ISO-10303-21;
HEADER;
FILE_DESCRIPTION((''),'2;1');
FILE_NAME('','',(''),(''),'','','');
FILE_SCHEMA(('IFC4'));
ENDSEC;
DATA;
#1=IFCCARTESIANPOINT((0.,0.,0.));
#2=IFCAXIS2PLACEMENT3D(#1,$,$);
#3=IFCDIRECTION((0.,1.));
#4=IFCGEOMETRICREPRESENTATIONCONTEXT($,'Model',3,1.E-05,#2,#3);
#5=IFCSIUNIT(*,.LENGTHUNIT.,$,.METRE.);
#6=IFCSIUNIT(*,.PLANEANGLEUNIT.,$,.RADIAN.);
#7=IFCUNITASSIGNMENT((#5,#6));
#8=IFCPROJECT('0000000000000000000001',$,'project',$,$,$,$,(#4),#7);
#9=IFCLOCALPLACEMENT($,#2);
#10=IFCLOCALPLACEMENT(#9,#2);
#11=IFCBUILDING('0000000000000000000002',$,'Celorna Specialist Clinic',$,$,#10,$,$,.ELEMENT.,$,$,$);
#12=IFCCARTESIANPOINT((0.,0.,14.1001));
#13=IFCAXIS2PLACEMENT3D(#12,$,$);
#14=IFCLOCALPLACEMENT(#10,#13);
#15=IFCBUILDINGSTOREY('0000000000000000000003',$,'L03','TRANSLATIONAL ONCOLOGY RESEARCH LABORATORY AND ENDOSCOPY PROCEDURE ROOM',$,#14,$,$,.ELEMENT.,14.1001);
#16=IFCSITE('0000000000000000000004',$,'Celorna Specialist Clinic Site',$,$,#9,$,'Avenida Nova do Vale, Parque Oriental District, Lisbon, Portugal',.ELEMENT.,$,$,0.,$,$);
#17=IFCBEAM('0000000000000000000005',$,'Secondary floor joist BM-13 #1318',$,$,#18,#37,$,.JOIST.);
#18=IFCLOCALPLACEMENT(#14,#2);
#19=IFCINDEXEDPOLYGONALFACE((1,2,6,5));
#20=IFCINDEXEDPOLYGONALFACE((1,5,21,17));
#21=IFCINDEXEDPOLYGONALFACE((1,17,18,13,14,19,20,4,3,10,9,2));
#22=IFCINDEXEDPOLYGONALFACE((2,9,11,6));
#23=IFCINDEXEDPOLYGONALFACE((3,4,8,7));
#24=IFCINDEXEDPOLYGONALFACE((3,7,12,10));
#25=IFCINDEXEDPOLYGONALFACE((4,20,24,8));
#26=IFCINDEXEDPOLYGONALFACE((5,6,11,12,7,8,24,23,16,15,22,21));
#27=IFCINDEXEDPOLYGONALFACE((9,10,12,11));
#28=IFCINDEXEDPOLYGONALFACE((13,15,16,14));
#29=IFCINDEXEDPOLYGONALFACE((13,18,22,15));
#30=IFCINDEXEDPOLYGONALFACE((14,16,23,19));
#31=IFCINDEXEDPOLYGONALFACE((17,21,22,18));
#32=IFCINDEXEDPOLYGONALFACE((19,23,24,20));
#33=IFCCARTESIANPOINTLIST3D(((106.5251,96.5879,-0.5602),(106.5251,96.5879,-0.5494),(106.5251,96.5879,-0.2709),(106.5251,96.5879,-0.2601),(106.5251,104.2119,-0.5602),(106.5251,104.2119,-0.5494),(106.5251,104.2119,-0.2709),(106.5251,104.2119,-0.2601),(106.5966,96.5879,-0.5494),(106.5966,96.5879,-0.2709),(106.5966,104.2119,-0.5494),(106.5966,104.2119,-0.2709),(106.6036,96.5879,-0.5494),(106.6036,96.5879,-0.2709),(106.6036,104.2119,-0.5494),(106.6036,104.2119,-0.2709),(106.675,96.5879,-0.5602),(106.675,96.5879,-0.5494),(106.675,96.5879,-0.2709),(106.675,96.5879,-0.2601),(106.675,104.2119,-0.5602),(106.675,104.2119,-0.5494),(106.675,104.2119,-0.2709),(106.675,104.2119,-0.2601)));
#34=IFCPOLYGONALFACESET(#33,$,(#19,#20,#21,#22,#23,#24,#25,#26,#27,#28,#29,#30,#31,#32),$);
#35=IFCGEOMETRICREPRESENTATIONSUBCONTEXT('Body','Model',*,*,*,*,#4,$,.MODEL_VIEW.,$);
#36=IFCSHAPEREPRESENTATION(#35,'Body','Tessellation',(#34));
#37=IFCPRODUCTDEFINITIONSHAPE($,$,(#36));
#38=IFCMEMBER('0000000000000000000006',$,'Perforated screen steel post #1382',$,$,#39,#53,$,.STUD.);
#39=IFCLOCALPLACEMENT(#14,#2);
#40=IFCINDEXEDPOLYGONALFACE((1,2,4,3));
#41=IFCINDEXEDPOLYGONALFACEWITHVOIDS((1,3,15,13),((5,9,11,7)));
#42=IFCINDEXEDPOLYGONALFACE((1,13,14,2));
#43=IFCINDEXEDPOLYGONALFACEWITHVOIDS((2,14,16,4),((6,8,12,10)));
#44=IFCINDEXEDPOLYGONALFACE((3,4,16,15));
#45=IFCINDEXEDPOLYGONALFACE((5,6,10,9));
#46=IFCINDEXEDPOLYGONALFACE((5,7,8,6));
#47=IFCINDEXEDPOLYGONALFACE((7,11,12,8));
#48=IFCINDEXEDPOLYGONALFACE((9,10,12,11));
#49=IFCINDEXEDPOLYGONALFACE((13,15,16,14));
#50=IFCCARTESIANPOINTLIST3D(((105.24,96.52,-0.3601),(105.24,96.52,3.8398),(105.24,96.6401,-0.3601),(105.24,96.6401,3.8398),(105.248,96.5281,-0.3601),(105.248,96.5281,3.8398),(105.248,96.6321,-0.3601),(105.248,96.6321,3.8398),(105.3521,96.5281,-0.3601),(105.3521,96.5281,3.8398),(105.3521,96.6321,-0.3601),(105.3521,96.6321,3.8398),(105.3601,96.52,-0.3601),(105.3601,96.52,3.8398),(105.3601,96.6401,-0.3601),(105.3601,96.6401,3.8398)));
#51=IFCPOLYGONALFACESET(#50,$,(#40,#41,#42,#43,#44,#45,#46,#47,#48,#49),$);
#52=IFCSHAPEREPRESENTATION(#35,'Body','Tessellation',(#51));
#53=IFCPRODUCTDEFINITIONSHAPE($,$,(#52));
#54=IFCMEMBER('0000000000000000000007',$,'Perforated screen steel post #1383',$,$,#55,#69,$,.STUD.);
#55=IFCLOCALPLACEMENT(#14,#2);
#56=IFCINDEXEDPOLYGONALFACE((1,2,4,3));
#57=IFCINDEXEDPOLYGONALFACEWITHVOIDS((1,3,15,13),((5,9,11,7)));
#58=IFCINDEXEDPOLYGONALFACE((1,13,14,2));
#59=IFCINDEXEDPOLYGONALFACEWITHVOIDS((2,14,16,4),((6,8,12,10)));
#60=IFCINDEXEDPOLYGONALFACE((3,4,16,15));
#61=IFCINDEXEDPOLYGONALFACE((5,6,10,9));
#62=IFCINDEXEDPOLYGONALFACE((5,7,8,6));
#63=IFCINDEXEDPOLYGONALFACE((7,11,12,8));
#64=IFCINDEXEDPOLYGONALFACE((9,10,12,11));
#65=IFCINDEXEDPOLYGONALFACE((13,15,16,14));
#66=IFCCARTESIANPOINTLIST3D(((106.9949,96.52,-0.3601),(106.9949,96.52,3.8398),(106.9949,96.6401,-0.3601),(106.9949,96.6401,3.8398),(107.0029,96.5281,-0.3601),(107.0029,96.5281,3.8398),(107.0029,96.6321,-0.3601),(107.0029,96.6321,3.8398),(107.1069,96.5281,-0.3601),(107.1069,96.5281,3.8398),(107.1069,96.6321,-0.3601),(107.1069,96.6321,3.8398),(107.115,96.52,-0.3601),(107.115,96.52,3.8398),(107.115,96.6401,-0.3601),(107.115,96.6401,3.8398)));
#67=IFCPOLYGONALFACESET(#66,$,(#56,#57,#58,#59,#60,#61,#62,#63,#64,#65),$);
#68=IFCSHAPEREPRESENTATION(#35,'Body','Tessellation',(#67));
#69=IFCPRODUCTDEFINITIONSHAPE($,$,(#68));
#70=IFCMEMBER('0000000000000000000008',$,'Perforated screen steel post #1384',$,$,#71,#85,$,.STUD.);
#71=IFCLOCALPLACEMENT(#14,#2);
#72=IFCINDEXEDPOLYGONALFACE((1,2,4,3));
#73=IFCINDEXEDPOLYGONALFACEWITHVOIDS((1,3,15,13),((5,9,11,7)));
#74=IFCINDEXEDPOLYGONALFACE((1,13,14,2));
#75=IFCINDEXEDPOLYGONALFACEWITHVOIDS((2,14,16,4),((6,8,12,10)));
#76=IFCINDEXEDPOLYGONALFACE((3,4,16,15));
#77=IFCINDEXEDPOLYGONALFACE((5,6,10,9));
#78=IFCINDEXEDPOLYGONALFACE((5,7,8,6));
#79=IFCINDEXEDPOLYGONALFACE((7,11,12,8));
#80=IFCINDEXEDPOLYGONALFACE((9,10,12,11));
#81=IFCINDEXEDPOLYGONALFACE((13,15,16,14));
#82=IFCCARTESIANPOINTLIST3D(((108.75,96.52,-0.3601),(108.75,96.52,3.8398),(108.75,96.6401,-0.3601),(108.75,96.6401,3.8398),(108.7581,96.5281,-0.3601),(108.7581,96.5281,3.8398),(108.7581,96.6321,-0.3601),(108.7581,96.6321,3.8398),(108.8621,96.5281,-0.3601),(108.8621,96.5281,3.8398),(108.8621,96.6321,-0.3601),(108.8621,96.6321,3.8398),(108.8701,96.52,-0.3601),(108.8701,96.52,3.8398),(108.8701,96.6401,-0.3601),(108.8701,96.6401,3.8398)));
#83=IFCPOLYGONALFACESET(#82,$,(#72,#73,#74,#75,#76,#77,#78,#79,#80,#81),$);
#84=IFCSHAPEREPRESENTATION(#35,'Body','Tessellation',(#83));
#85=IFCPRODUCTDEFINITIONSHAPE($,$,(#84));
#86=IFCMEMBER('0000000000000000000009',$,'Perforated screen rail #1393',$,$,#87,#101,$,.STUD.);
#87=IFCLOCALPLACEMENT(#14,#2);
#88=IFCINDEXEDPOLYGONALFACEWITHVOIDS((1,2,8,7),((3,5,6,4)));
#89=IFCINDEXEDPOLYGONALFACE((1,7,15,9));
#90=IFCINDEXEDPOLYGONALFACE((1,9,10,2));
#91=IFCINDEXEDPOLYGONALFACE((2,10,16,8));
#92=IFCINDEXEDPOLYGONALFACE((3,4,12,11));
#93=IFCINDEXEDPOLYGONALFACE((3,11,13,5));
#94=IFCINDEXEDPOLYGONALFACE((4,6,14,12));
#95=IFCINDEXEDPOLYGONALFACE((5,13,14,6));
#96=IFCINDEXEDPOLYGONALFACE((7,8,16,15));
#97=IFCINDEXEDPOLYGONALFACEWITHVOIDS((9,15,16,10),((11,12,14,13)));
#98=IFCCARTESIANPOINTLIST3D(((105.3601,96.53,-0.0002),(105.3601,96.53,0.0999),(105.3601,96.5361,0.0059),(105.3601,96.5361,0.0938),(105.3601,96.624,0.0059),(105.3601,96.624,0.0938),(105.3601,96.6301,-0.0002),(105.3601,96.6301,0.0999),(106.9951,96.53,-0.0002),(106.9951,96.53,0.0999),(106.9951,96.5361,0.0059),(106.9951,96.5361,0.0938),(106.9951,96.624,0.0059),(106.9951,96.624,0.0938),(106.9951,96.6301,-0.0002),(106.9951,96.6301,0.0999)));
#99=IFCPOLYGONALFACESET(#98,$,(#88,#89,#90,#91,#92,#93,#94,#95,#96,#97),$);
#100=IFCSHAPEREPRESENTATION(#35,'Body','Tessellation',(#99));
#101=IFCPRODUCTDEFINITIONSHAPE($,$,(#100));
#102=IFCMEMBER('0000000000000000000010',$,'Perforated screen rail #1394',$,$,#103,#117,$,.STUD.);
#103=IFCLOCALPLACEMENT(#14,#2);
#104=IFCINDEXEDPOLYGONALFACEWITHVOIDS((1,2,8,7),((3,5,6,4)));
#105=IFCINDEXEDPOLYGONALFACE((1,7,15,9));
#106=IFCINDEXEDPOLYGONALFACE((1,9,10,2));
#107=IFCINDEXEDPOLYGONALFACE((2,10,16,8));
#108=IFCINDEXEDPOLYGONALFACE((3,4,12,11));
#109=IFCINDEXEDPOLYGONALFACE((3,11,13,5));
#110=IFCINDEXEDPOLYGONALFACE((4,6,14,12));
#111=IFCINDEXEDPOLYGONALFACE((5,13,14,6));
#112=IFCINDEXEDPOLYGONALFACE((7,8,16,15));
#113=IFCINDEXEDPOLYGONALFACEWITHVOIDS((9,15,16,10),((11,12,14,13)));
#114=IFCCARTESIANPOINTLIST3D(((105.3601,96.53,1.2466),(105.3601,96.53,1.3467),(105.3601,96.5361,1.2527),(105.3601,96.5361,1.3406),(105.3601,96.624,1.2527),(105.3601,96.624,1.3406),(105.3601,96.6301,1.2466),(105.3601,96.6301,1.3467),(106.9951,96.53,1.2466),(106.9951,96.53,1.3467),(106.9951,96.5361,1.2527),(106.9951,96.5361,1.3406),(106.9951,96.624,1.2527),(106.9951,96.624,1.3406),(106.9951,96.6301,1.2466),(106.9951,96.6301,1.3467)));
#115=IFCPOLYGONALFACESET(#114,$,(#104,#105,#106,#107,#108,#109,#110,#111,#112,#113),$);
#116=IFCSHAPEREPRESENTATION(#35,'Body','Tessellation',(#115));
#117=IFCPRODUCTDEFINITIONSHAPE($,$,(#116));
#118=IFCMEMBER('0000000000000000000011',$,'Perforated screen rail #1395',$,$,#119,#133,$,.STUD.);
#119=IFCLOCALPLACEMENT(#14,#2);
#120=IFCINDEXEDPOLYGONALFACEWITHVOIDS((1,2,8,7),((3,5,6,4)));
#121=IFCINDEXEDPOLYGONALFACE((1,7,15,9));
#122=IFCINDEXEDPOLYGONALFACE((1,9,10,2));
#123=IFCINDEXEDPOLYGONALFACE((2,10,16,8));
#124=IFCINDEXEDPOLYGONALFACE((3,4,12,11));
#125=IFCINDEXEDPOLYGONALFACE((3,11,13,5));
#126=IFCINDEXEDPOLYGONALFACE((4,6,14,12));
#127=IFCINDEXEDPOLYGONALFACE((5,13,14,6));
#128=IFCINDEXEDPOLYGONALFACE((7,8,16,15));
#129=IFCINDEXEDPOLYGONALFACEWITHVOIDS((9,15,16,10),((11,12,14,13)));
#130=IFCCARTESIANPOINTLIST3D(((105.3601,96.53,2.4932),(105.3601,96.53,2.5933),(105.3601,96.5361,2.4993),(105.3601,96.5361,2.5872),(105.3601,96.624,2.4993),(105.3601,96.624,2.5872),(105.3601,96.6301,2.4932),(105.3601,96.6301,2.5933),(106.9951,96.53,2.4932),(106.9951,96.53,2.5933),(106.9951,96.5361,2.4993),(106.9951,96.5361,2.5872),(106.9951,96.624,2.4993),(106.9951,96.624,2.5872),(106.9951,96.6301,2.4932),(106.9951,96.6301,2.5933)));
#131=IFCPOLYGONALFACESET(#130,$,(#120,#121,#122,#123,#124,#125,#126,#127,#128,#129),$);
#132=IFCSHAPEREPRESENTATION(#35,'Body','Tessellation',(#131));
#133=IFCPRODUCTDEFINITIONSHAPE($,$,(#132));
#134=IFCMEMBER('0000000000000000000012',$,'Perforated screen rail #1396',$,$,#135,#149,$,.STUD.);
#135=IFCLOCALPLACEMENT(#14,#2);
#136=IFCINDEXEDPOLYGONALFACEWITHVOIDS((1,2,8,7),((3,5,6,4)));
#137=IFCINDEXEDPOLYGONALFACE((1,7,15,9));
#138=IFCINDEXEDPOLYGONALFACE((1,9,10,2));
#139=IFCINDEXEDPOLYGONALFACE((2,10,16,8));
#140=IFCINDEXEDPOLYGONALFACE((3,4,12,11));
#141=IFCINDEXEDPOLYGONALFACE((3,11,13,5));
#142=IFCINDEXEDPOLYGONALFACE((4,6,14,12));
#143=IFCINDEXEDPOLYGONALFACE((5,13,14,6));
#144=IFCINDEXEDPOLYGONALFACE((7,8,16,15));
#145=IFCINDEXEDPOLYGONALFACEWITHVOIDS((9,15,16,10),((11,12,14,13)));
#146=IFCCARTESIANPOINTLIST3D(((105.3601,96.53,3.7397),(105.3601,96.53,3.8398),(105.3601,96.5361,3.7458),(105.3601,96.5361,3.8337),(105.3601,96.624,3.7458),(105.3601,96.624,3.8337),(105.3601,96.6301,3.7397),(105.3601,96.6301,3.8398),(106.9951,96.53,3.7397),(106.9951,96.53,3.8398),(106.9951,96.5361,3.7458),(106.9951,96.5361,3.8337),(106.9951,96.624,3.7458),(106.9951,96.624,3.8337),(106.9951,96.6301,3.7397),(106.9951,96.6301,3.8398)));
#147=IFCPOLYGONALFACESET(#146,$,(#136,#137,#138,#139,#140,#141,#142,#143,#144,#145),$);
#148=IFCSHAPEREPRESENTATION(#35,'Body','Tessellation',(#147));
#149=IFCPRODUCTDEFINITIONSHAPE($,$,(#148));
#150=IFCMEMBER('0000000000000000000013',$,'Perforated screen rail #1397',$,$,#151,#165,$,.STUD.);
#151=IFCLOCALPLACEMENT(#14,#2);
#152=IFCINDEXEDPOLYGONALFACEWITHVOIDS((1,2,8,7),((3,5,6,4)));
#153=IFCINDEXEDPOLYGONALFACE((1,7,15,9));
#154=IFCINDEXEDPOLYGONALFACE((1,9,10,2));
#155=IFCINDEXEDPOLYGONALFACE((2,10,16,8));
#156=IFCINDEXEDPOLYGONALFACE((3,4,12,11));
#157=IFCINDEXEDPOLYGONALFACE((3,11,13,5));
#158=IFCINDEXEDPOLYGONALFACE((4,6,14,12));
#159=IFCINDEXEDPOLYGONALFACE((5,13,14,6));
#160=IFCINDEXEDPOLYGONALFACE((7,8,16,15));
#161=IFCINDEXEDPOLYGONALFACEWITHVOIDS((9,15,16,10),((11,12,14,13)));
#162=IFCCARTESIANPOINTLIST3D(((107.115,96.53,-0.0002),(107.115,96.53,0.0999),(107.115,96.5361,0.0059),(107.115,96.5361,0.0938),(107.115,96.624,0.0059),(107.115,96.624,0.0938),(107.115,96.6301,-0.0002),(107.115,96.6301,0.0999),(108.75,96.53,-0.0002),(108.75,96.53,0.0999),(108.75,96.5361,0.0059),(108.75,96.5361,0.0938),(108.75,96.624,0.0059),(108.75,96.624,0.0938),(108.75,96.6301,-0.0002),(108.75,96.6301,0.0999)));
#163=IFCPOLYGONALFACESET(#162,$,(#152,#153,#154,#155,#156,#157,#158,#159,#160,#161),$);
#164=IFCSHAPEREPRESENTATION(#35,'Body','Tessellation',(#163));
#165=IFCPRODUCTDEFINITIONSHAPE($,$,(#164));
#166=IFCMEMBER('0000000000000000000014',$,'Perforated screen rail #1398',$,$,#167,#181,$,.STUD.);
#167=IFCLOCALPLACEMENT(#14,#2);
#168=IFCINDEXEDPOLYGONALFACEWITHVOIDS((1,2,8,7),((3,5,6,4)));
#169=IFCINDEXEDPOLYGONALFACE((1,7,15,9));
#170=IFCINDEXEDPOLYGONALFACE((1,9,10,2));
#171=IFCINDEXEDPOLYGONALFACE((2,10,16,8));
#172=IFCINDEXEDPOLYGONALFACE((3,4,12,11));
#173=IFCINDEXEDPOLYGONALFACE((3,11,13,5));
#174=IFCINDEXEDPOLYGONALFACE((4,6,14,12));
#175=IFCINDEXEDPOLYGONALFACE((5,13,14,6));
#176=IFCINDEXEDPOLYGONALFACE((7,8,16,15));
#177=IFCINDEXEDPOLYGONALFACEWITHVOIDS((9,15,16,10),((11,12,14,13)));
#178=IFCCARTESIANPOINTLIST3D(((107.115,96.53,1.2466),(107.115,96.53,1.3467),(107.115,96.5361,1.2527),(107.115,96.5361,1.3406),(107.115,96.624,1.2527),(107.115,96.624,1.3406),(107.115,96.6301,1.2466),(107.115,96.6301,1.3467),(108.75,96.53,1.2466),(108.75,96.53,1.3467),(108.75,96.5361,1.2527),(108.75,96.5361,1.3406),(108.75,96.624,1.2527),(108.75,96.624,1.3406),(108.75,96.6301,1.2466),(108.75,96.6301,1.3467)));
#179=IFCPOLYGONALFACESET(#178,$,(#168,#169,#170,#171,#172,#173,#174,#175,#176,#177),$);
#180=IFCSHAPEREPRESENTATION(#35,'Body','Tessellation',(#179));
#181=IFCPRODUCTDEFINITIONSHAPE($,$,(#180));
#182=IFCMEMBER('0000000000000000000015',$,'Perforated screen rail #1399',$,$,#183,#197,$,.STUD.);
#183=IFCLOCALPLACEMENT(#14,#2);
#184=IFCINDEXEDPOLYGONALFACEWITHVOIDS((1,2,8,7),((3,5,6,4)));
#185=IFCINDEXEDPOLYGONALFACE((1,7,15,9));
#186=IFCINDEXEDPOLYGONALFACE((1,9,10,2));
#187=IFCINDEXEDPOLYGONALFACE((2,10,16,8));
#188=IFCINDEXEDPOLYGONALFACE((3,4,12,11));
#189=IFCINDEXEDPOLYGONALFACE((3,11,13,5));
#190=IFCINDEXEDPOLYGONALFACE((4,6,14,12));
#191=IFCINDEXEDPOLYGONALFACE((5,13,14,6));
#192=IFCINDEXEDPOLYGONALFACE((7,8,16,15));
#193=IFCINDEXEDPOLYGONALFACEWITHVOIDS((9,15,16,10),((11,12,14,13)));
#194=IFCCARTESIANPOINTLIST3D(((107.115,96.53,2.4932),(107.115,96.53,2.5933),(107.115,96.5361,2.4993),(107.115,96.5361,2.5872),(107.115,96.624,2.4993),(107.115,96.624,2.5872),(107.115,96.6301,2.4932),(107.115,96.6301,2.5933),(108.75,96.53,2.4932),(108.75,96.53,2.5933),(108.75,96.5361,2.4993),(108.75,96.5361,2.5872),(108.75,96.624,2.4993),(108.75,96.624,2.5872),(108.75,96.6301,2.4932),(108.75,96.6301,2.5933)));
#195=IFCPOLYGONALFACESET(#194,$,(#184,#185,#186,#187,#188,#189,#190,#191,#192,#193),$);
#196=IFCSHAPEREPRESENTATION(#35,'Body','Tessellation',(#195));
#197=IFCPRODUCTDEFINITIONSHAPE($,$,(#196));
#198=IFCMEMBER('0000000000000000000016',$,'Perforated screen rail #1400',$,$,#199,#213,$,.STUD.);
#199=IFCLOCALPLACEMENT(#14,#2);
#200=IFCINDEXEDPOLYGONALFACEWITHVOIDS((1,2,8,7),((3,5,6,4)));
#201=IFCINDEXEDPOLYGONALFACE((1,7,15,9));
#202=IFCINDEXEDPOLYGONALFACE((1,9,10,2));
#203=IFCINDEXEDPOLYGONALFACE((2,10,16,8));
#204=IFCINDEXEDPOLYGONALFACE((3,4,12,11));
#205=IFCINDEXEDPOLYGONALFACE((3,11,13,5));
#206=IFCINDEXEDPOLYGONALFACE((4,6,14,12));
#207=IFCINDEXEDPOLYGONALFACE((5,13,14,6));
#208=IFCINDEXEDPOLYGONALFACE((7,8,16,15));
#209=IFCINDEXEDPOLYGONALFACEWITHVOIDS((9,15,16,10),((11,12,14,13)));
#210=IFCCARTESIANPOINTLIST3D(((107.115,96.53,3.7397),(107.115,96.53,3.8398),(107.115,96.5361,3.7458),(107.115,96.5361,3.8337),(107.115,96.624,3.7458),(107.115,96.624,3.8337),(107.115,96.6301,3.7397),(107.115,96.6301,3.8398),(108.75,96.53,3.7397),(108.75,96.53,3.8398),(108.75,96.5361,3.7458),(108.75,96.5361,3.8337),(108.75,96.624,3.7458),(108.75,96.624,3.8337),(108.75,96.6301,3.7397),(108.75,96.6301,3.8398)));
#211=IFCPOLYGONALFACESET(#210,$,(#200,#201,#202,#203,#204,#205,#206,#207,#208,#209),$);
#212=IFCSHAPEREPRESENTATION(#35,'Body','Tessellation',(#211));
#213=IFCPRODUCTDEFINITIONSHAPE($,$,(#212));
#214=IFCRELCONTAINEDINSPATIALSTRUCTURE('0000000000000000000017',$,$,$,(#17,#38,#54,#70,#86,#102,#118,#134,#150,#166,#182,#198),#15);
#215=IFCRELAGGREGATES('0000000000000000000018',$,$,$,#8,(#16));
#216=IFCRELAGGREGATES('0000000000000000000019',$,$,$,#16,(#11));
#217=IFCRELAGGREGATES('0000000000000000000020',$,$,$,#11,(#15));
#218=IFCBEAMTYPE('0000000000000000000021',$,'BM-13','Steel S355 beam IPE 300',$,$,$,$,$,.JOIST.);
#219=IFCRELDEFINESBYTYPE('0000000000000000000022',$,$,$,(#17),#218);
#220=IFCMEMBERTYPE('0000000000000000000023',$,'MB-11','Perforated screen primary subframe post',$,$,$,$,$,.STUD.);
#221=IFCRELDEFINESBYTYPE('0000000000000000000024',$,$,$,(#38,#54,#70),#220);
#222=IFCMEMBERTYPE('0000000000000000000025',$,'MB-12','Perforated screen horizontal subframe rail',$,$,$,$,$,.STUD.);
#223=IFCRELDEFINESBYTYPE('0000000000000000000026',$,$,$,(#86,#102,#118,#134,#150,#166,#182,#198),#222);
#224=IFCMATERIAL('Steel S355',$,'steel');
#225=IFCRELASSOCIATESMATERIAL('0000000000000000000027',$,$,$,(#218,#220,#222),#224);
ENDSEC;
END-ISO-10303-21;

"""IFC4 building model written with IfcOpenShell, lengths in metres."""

from ifc_helpers import new_model, si_unit, direction, frame, origin, origin_2d, place, context, subcontext, project, spatial, hollow_rectangle, i_section, extrude, material, material_profile, profile_set, type_object, element, save


model = new_model("IFC4")

# Units and contexts
model_context = context("Model", 3, precision=1e-05, world=origin(), true_north=direction((0.0, 1.0)))
body_context = subcontext(model_context, "Body", "Model", "MODEL_VIEW")
ifc_project = project(units=[si_unit("LENGTHUNIT", "METRE"), si_unit("PLANEANGLEUNIT", "RADIAN")], contexts=[model_context])

# Site, building, storey
site_placement = place(None, origin())
site = spatial("IfcSite", under=ifc_project, at=site_placement, Name="Celorna Specialist Clinic Site", LongName="Avenida Nova do Vale, Parque Oriental District, Lisbon, Portugal", CompositionType="ELEMENT", RefElevation=0.0)
building_placement = place(site_placement, origin())
building = spatial("IfcBuilding", under=site, at=building_placement, Name="Celorna Specialist Clinic", CompositionType="ELEMENT")
storey_placement = place(building_placement, frame((0.0, 0.0, 14.1001)))
storey = spatial("IfcBuildingStorey", under=building, at=storey_placement, Name="L03", Description="TRANSLATIONAL ONCOLOGY RESEARCH LABORATORY AND ENDOSCOPY PROCEDURE ROOM", CompositionType="ELEMENT", Elevation=14.1001)

# Beam
ifc_material_1 = material(Name="Steel S355", Category="steel")
ifc_material_profile_1 = material_profile(ifc_material_1, i_section(OverallWidth=0.1499, OverallDepth=0.3, WebThickness=0.0071, FlangeThickness=0.0107, at=origin_2d()), Name="IPE 300")
ifc_profile_set_1 = profile_set([ifc_material_profile_1], Name="Steel S355")
beam_type = type_object("IfcBeamType", Name="BM-13", Description="Steel S355 beam IPE 300", PredefinedType="JOIST", material=ifc_profile_set_1)
beam_placement = place(storey_placement, frame((106.6001, 96.5879, -0.4102), z_axis=(0.0, 1.0, 0.0), x_axis=(-1.0, 0.0, 0.0)))
element("IfcBeam", 1, at=beam_placement, inside=storey, type_object=beam_type, Name="Secondary floor joist BM-13 #1318", PredefinedType="JOIST", context=body_context, shape_type="SweptSolid", body=[
    extrude(i_section(OverallWidth=0.1499, OverallDepth=0.3, WebThickness=0.0071, FlangeThickness=0.0107, at=origin_2d()), origin(), (0.0, 0.0, 1.0), 7.624),
])

# Members
ifc_material_profile_2 = material_profile(ifc_material_1, hollow_rectangle(XDim=0.1201, YDim=0.1201, WallThickness=0.0081, at=origin_2d()), Name="SHS 120x120x8")
ifc_profile_set_2 = profile_set([ifc_material_profile_2], Name="Steel S355")
member_type_1 = type_object("IfcMemberType", Name="MB-11", Description="Perforated screen primary subframe post", PredefinedType="STUD", material=ifc_profile_set_2)
for number, where, z_axis, x_axis, name in (
    (2, (105.3, 96.5801, -0.3601), (0.0, 0.0, 1.0), (1.0, 0.0, 0.0), "Perforated screen steel post #1382"),
    (3, (107.0549, 96.5801, -0.3601), (0.0, 0.0, 1.0), (1.0, 0.0, 0.0), "Perforated screen steel post #1383"),
    (4, (108.8101, 96.5801, -0.3601), (0.0, 0.0, 1.0), (1.0, 0.0, 0.0), "Perforated screen steel post #1384"),
):
    element("IfcMember", number, at=place(storey_placement, frame(where, z_axis=z_axis, x_axis=x_axis)), inside=storey, type_object=member_type_1, Name=name, PredefinedType="STUD", context=body_context, shape_type="SweptSolid", body=[
        extrude(hollow_rectangle(XDim=0.1201, YDim=0.1201, WallThickness=0.0081, at=origin_2d()), origin(), (0.0, 0.0, 1.0), 4.2),
    ])
ifc_material_profile_3 = material_profile(ifc_material_1, hollow_rectangle(XDim=0.1001, YDim=0.1001, WallThickness=0.0061, at=origin_2d()), Name="SHS 100x100x6")
ifc_profile_set_3 = profile_set([ifc_material_profile_3], Name="Steel S355")
member_type_2 = type_object("IfcMemberType", Name="MB-12", Description="Perforated screen horizontal subframe rail", PredefinedType="STUD", material=ifc_profile_set_3)
for number, where, z_axis, x_axis, name in (
    (5, (105.3601, 96.5801, 0.0498), (1.0, 0.0, 0.0), (0.0, 1.0, 0.0), "Perforated screen rail #1393"),
    (6, (105.3601, 96.5801, 1.2966), (1.0, 0.0, 0.0), (0.0, 1.0, 0.0), "Perforated screen rail #1394"),
    (7, (105.3601, 96.5801, 2.5432), (1.0, 0.0, 0.0), (0.0, 1.0, 0.0), "Perforated screen rail #1395"),
    (8, (105.3601, 96.5801, 3.7898), (1.0, 0.0, 0.0), (0.0, 1.0, 0.0), "Perforated screen rail #1396"),
    (9, (107.115, 96.5801, 0.0498), (1.0, 0.0, 0.0), (0.0, 1.0, 0.0), "Perforated screen rail #1397"),
    (10, (107.115, 96.5801, 1.2966), (1.0, 0.0, 0.0), (0.0, 1.0, 0.0), "Perforated screen rail #1398"),
    (11, (107.115, 96.5801, 2.5432), (1.0, 0.0, 0.0), (0.0, 1.0, 0.0), "Perforated screen rail #1399"),
    (12, (107.115, 96.5801, 3.7898), (1.0, 0.0, 0.0), (0.0, 1.0, 0.0), "Perforated screen rail #1400"),
):
    element("IfcMember", number, at=place(storey_placement, frame(where, z_axis=z_axis, x_axis=x_axis)), inside=storey, type_object=member_type_2, Name=name, PredefinedType="STUD", context=body_context, shape_type="SweptSolid", body=[
        extrude(hollow_rectangle(XDim=0.1001, YDim=0.1001, WallThickness=0.0061, at=origin_2d()), origin(), (0.0, 0.0, 1.0), 1.635),
    ])

save(model, "model.ifc")
